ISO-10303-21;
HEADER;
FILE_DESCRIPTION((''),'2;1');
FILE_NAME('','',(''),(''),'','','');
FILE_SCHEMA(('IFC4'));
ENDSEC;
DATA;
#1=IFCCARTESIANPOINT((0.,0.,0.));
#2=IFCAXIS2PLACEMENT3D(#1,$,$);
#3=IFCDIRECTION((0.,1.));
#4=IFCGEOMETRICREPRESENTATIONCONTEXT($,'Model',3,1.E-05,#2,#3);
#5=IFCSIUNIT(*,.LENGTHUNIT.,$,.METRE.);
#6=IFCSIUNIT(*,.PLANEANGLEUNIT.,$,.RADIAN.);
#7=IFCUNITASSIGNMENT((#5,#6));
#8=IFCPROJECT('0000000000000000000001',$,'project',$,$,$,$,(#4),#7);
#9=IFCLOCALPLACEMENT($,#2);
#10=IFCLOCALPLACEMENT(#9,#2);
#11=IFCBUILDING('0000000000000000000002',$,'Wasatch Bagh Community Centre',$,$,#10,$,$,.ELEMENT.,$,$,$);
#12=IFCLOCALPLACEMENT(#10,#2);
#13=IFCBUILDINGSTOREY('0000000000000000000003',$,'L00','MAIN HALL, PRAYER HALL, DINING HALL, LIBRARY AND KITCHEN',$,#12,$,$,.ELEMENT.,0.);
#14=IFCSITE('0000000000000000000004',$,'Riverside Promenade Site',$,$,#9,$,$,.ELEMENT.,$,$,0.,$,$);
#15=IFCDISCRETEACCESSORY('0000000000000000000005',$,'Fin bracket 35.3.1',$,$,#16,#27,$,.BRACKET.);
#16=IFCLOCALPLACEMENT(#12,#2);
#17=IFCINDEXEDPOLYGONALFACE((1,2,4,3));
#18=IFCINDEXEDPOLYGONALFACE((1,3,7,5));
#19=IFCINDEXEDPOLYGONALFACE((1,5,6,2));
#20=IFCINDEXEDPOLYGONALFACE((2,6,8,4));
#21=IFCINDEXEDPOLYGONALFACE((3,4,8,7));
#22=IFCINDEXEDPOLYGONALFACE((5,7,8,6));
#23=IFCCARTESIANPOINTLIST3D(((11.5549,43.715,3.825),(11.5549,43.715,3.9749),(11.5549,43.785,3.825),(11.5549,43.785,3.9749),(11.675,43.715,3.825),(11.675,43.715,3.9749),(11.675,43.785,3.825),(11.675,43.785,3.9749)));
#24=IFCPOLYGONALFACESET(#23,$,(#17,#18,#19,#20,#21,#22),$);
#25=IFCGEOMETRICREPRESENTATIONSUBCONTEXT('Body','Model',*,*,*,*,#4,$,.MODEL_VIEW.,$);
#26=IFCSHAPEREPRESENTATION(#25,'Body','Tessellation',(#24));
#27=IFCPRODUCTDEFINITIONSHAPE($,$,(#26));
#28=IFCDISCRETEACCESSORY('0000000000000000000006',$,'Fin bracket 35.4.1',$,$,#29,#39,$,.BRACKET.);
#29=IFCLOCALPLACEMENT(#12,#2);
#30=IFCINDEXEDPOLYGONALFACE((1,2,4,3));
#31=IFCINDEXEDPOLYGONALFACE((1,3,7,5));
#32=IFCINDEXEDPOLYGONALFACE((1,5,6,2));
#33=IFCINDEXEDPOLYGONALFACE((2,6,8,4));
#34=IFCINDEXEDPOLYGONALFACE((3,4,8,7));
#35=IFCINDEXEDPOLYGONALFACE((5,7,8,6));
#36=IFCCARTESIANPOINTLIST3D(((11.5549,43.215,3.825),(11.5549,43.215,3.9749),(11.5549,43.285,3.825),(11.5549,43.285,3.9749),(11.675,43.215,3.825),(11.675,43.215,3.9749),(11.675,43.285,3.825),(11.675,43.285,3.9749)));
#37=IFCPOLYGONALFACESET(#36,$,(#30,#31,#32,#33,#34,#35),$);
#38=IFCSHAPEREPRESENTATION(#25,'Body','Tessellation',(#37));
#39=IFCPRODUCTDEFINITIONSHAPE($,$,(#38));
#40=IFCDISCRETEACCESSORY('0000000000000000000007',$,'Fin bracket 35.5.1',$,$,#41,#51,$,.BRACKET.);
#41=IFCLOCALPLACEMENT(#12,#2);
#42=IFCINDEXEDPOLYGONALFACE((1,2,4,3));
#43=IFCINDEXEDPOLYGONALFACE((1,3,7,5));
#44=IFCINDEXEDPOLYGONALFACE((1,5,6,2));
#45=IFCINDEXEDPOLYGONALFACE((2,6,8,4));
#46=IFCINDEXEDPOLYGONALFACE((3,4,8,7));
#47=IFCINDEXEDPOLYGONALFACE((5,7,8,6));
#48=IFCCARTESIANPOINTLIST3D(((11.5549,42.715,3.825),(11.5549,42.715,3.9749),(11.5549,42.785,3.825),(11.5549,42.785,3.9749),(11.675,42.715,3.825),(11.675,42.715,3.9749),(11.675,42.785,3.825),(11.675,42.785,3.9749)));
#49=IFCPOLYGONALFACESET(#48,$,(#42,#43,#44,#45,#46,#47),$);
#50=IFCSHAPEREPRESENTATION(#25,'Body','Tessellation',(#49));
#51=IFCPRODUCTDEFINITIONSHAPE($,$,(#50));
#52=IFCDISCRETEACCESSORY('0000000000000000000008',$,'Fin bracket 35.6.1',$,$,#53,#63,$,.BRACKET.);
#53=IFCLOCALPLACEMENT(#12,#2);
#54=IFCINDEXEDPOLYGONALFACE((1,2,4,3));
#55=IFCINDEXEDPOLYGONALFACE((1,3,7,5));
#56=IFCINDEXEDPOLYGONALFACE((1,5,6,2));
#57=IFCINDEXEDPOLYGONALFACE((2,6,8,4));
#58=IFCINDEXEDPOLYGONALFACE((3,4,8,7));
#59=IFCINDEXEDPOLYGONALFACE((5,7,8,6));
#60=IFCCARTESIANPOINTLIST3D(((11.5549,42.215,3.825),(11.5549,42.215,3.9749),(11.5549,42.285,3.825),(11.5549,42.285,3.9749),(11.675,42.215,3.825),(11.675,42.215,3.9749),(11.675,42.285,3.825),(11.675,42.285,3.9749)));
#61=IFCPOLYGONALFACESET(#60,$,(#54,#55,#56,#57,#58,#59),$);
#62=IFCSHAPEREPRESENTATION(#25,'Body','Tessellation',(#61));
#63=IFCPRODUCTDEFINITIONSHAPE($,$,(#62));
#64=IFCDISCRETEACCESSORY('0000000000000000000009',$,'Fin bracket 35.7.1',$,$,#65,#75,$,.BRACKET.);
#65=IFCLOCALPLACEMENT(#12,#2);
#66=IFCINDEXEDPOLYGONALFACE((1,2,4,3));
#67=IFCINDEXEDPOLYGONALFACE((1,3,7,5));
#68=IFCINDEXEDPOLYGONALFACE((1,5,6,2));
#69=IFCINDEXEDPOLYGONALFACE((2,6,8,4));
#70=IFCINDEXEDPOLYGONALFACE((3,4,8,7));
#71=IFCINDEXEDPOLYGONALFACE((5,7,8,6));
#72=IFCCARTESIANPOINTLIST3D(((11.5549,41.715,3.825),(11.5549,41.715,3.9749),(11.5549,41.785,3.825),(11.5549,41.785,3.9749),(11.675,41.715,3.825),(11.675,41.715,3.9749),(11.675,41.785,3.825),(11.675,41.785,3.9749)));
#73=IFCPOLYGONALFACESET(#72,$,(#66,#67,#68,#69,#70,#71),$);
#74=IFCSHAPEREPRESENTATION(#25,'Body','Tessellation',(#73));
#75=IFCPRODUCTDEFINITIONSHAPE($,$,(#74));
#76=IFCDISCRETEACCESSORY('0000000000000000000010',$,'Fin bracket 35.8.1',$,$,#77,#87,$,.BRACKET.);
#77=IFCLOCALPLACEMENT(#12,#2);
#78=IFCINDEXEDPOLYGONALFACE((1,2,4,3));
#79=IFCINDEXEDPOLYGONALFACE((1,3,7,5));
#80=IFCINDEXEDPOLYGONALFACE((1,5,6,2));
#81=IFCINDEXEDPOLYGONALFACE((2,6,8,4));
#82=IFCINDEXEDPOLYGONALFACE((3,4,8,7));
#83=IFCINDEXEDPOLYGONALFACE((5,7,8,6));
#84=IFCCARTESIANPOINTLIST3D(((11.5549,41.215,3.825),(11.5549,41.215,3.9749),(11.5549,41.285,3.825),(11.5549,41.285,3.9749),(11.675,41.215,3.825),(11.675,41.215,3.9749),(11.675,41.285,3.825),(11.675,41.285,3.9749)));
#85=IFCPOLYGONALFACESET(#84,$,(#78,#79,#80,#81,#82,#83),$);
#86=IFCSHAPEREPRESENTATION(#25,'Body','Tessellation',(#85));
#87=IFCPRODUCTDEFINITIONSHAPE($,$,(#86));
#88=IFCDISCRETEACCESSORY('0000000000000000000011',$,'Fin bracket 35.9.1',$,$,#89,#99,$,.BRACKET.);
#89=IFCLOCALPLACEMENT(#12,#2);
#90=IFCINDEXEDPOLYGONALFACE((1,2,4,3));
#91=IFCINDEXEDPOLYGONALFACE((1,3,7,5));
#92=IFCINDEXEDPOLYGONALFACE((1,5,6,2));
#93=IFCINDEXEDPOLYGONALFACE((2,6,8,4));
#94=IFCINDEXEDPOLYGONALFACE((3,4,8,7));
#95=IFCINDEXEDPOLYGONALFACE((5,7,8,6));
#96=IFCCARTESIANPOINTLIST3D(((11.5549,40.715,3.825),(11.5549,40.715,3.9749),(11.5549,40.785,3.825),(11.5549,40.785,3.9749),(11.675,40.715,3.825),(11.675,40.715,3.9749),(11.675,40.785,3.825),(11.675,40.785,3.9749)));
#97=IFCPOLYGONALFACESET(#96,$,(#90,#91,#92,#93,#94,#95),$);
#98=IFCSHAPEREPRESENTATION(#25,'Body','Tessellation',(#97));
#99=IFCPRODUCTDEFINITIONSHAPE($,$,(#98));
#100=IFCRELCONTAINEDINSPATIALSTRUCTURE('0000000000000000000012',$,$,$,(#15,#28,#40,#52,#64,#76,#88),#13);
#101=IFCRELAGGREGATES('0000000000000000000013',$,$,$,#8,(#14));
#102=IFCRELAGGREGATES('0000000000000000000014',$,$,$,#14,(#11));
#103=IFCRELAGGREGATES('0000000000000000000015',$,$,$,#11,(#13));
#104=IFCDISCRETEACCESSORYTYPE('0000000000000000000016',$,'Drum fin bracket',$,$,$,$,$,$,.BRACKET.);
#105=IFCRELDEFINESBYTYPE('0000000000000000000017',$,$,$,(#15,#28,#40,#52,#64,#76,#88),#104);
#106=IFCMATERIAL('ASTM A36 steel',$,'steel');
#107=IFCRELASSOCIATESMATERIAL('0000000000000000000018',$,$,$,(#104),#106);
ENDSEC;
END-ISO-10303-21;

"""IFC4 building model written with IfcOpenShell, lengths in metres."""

from ifc_helpers import new_model, si_unit, direction, frame, origin, origin_2d, place, context, subcontext, project, spatial, rectangle, extrude, material, type_object, element, save


model = new_model("IFC4")

# Units and contexts
model_context = context("Model", 3, precision=1e-05, world=origin(), true_north=direction((0.0, 1.0)))
body_context = subcontext(model_context, "Body", "Model", "MODEL_VIEW")
ifc_project = project(units=[si_unit("LENGTHUNIT", "METRE"), si_unit("PLANEANGLEUNIT", "RADIAN")], contexts=[model_context])

# Site, building, storey
site_placement = place(None, origin())
site = spatial("IfcSite", under=ifc_project, at=site_placement, Name="Riverside Promenade Site", CompositionType="ELEMENT", RefElevation=0.0)
building_placement = place(site_placement, origin())
building = spatial("IfcBuilding", under=site, at=building_placement, Name="Wasatch Bagh Community Centre", CompositionType="ELEMENT")
storey_placement = place(building_placement, origin())
storey = spatial("IfcBuildingStorey", under=building, at=storey_placement, Name="L00", Description="MAIN HALL, PRAYER HALL, DINING HALL, LIBRARY AND KITCHEN", CompositionType="ELEMENT", Elevation=0.0)

# Discrete accessories
ifc_material_1 = material(Name="ASTM A36 steel", Category="steel")
discrete_accessory_type = type_object("IfcDiscreteAccessoryType", Name="Drum fin bracket", PredefinedType="BRACKET", material=ifc_material_1)
for number, where, z_axis, x_axis, name in (
    (1, (11.615, 43.75, 3.825), (0.0, 0.0, 1.0), (0.0, -1.0, 0.0), "Fin bracket 35.3.1"),
    (2, (11.615, 43.25, 3.825), (0.0, 0.0, 1.0), (0.0, -1.0, 0.0), "Fin bracket 35.4.1"),
    (3, (11.615, 42.75, 3.825), (0.0, 0.0, 1.0), (0.0, -1.0, 0.0), "Fin bracket 35.5.1"),
    (4, (11.615, 42.25, 3.825), (0.0, 0.0, 1.0), (0.0, -1.0, 0.0), "Fin bracket 35.6.1"),
    (5, (11.615, 41.75, 3.825), (0.0, 0.0, 1.0), (0.0, -1.0, 0.0), "Fin bracket 35.7.1"),
    (6, (11.615, 41.25, 3.825), (0.0, 0.0, 1.0), (0.0, -1.0, 0.0), "Fin bracket 35.8.1"),
    (7, (11.615, 40.75, 3.825), (0.0, 0.0, 1.0), (0.0, -1.0, 0.0), "Fin bracket 35.9.1"),
):
    element("IfcDiscreteAccessory", number, at=place(storey_placement, frame(where, z_axis=z_axis, x_axis=x_axis)), inside=storey, type_object=discrete_accessory_type, Name=name, PredefinedType="BRACKET", context=body_context, shape_type="SweptSolid", body=[
        extrude(rectangle(XDim=0.0701, YDim=0.1201, at=origin_2d()), origin(), (0.0, 0.0, 1.0), 0.1499),
    ])

save(model, "model.ifc")
